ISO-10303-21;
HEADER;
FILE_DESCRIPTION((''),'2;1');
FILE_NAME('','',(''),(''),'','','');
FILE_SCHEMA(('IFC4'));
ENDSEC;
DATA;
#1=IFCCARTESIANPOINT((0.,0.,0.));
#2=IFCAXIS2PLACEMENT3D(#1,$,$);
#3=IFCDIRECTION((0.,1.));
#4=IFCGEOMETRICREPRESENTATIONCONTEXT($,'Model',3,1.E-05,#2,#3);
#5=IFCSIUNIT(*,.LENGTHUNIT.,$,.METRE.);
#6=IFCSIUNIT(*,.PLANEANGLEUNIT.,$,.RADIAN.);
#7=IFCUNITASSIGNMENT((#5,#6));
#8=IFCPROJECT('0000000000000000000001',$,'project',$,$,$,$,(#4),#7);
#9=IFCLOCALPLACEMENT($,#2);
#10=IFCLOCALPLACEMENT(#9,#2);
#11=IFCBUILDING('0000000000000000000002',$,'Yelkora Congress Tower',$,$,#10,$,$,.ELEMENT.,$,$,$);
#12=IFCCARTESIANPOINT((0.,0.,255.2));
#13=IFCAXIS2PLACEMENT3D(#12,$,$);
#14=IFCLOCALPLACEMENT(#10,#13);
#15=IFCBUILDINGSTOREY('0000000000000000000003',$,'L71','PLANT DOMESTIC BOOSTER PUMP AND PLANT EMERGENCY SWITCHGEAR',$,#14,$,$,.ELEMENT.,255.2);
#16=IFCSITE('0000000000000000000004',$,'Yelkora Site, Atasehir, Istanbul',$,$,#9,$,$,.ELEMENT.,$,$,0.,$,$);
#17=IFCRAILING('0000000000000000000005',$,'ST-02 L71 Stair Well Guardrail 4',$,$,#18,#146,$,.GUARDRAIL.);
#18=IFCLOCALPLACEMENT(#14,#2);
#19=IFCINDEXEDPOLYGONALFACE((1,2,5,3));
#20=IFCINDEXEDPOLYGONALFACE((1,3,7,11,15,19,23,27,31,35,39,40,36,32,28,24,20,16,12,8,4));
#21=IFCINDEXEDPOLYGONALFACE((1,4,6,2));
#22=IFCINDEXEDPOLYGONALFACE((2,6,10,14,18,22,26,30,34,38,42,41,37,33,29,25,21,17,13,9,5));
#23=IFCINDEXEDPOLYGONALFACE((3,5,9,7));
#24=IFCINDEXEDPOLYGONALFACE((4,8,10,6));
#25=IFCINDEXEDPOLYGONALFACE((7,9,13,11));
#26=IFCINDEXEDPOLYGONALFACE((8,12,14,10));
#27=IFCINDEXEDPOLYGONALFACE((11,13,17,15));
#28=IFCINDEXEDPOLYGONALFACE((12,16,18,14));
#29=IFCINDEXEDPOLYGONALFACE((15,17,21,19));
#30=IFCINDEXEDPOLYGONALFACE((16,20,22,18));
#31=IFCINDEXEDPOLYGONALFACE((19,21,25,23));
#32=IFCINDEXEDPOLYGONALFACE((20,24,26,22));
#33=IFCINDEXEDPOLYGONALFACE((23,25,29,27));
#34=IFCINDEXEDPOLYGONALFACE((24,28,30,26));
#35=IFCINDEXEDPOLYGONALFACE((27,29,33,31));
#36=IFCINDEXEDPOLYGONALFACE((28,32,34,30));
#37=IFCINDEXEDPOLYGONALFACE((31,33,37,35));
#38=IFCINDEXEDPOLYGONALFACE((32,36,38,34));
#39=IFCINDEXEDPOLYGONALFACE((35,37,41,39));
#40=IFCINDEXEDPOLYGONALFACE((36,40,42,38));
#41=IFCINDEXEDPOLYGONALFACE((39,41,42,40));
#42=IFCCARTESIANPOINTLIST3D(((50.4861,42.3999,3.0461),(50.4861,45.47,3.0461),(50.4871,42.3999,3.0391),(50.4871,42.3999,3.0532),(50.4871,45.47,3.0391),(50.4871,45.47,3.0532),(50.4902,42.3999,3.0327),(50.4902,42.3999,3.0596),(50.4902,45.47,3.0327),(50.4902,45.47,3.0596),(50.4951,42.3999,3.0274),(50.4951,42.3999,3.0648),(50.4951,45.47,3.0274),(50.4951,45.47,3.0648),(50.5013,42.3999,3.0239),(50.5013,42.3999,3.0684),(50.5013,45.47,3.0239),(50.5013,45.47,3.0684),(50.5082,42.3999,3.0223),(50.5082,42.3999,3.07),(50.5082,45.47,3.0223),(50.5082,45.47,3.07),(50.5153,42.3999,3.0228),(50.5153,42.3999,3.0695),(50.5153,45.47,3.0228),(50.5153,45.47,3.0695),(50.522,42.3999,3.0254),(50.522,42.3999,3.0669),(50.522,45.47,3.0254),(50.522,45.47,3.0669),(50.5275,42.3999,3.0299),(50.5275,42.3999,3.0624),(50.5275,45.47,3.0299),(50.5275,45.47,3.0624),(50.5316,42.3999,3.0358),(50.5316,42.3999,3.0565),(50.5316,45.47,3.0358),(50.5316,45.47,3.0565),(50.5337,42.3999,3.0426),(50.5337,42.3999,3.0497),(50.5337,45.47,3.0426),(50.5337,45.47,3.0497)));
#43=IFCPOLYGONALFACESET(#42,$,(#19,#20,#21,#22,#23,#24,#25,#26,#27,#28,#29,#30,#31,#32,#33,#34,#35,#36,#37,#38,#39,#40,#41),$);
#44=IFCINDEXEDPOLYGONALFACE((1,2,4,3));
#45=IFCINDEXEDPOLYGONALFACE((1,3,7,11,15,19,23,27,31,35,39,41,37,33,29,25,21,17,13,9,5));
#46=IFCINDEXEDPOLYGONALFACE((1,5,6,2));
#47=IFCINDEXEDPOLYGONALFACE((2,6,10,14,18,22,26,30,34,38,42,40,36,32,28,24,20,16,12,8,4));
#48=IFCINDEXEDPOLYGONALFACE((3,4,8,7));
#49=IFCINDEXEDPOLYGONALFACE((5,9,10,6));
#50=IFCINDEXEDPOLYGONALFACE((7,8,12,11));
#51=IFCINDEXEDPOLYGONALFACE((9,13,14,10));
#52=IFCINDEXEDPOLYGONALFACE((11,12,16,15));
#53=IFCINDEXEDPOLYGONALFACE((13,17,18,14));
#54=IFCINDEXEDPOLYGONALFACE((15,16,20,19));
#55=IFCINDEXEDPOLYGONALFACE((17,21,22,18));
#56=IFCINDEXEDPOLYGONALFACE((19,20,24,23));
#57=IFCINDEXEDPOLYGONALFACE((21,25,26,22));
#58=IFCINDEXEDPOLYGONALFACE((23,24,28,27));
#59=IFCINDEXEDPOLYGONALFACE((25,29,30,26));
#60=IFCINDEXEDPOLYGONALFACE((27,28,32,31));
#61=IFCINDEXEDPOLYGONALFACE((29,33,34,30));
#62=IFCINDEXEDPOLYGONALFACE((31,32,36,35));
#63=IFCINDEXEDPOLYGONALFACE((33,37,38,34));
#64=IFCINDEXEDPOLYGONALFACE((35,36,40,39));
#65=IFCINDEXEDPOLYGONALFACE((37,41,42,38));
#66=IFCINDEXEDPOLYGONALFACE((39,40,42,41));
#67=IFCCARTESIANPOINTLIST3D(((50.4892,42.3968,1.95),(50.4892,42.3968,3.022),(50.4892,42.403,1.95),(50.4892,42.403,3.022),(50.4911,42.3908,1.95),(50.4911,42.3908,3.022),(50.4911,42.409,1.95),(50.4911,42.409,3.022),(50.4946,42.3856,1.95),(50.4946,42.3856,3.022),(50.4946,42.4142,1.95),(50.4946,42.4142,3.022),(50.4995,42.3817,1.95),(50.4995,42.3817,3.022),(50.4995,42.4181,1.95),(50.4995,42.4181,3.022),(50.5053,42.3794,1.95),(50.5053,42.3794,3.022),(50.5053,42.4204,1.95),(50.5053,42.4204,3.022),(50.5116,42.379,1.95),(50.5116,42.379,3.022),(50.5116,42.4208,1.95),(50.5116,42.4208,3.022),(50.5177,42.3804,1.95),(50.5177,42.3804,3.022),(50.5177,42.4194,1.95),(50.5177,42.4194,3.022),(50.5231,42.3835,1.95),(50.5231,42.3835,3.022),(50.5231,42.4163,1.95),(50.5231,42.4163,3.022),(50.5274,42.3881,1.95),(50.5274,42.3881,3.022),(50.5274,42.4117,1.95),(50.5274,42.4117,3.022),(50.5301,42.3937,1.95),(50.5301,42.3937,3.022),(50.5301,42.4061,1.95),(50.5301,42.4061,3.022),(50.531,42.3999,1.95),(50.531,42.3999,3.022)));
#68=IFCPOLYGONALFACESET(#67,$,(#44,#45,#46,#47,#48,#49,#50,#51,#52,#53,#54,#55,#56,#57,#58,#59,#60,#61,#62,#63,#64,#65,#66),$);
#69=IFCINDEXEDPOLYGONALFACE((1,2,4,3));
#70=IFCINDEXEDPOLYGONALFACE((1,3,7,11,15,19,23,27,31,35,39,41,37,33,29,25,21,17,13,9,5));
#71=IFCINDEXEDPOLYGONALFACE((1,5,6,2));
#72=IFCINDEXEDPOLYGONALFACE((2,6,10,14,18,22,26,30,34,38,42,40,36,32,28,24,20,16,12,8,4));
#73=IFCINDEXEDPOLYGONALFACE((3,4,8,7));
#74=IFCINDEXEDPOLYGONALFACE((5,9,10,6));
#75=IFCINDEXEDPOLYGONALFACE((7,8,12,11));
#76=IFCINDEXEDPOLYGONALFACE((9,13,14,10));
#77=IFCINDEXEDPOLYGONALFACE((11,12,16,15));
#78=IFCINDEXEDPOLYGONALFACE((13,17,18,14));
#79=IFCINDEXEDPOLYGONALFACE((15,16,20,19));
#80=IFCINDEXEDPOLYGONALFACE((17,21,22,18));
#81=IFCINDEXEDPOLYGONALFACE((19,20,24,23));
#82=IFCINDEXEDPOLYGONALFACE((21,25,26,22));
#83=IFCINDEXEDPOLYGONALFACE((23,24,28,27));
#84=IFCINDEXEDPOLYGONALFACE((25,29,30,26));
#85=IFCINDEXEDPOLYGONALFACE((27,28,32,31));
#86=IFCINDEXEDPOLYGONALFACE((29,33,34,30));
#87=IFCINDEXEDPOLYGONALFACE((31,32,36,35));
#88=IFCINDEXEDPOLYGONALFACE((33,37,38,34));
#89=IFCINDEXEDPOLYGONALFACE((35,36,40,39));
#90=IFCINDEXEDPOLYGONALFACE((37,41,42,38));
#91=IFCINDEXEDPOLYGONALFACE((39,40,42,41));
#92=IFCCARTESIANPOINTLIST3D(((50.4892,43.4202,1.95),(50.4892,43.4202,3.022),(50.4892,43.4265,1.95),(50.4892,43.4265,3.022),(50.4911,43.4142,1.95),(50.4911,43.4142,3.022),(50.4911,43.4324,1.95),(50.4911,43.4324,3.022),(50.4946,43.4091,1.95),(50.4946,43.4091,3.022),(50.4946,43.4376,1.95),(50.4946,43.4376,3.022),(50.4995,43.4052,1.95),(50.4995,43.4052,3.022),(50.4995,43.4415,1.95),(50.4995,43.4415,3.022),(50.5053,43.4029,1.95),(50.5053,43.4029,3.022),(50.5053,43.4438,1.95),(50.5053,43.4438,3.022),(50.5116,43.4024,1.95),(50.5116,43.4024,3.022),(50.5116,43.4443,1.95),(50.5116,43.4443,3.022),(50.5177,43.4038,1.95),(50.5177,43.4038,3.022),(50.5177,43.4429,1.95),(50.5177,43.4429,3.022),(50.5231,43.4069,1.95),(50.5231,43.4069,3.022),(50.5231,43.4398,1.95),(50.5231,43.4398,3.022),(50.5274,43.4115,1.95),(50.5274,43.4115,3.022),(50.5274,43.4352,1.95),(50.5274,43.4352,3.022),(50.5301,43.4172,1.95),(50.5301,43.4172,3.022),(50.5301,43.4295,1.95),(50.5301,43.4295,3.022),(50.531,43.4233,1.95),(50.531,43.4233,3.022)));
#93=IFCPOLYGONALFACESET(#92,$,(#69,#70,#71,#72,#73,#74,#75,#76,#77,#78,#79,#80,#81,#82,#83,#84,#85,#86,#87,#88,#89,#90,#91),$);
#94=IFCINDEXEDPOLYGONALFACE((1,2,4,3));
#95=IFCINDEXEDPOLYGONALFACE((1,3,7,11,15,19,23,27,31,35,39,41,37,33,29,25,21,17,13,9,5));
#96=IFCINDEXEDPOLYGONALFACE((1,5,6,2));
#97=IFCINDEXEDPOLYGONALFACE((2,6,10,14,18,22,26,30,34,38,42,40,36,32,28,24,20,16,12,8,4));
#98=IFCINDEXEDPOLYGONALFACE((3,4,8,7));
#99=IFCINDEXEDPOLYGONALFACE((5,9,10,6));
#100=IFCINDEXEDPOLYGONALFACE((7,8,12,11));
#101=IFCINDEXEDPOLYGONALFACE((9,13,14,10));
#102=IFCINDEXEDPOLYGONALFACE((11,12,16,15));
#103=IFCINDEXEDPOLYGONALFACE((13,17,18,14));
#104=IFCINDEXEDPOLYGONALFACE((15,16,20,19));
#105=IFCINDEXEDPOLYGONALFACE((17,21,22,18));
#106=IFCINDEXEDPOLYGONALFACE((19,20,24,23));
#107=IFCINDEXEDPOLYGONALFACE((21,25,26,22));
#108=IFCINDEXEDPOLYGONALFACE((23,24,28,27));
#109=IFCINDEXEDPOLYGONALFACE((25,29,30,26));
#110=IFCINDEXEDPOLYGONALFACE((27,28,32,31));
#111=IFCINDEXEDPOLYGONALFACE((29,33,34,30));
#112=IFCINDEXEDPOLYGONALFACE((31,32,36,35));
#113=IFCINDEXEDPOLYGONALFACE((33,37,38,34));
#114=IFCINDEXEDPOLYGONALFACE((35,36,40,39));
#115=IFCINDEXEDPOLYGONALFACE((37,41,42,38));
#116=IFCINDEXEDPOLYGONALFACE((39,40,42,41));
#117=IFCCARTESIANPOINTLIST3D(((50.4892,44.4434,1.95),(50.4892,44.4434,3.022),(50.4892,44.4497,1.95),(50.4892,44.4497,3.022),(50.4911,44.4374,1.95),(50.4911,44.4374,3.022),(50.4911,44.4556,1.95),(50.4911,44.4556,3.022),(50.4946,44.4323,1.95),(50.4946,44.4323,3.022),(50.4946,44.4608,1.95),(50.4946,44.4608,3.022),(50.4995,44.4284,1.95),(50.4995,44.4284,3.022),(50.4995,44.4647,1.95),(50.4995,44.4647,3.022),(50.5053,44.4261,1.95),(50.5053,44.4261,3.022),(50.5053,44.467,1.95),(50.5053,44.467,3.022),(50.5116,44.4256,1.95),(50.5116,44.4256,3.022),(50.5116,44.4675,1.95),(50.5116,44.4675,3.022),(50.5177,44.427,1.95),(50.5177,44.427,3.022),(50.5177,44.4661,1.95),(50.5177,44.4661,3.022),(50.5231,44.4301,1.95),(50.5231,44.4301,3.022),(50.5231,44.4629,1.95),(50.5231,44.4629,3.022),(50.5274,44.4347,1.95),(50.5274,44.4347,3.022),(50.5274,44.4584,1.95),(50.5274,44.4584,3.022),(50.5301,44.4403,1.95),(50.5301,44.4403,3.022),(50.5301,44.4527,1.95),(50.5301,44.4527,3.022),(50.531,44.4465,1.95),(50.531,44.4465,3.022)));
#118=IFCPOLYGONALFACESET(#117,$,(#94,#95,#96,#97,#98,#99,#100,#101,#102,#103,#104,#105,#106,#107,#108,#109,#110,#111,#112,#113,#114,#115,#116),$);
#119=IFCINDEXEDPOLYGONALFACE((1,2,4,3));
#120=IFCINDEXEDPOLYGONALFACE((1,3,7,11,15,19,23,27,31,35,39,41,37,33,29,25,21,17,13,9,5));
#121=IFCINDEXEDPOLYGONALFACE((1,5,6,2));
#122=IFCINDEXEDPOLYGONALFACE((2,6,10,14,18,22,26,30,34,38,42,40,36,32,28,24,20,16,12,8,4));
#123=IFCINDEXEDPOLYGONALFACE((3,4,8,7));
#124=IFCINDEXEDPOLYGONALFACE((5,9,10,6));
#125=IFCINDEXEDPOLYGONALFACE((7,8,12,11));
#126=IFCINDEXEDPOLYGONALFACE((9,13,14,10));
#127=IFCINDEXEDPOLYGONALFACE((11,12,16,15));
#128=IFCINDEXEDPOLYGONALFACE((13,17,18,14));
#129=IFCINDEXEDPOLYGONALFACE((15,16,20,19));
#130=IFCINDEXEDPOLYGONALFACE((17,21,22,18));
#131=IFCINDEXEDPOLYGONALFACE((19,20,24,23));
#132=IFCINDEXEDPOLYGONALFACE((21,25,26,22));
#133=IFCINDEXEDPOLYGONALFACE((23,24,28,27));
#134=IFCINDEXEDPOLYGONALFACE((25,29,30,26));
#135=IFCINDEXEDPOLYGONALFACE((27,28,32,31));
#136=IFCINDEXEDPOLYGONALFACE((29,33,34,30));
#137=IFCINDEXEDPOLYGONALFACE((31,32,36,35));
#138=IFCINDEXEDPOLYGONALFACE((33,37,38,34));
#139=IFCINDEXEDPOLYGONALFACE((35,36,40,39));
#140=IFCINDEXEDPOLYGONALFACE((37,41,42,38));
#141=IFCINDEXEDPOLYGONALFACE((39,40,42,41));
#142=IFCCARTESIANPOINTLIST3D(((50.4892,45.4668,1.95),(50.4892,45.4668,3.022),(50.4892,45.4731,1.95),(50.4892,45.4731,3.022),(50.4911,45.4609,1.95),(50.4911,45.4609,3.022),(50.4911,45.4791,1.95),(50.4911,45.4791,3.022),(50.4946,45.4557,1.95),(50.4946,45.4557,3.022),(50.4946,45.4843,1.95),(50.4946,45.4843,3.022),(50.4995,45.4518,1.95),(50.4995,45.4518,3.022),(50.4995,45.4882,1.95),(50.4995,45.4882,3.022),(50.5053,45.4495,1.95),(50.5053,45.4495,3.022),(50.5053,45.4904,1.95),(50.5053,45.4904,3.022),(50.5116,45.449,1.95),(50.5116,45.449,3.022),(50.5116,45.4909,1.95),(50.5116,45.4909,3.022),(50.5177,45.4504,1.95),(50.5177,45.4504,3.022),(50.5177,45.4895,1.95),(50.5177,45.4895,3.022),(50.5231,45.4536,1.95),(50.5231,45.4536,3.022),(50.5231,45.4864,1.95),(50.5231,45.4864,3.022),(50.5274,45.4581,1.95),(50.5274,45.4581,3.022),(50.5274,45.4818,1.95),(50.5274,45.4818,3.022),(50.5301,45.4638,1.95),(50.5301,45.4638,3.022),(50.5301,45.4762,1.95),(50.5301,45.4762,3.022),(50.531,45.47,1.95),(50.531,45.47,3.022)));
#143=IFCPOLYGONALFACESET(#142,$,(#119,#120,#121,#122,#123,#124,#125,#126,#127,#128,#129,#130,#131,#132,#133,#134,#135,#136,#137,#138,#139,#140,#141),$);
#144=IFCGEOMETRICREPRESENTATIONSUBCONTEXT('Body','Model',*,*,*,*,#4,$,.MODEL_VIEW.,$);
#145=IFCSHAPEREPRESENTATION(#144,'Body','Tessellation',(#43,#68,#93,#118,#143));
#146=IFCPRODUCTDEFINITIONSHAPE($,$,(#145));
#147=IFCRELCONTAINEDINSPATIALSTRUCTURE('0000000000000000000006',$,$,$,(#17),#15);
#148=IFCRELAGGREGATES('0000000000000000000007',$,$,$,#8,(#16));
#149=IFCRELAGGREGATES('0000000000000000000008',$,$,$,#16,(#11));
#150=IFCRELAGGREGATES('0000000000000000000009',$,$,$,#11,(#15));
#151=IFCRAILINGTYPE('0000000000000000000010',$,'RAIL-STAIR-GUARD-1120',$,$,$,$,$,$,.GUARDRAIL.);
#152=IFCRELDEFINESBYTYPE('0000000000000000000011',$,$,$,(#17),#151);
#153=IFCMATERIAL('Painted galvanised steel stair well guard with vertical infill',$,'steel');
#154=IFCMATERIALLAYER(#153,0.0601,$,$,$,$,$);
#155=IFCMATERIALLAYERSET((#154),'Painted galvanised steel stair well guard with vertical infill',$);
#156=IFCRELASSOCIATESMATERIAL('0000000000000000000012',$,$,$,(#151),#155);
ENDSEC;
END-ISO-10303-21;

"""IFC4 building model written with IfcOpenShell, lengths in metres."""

from ifc_helpers import new_model, si_unit, direction, frame, origin, origin_2d, place, context, subcontext, project, spatial, circle, extrude, material, layer, layer_set, type_object, element, save


model = new_model("IFC4")

# Units and contexts
model_context = context("Model", 3, precision=1e-05, world=origin(), true_north=direction((0.0, 1.0)))
body_context = subcontext(model_context, "Body", "Model", "MODEL_VIEW")
ifc_project = project(units=[si_unit("LENGTHUNIT", "METRE"), si_unit("PLANEANGLEUNIT", "RADIAN")], contexts=[model_context])

# Site, building, storey
site_placement = place(None, origin())
site = spatial("IfcSite", under=ifc_project, at=site_placement, Name="Yelkora Site, Atasehir, Istanbul", CompositionType="ELEMENT", RefElevation=0.0)
building_placement = place(site_placement, origin())
building = spatial("IfcBuilding", under=site, at=building_placement, Name="Yelkora Congress Tower", CompositionType="ELEMENT")
storey_placement = place(building_placement, frame((0.0, 0.0, 255.2)))
storey = spatial("IfcBuildingStorey", under=building, at=storey_placement, Name="L71", Description="PLANT DOMESTIC BOOSTER PUMP AND PLANT EMERGENCY SWITCHGEAR", CompositionType="ELEMENT", Elevation=255.2)

# Railing
ifc_material_1 = material(Name="Painted galvanised steel stair well guard with vertical infill", Category="steel")
ifc_layer_1 = layer(ifc_material_1, 0.0601)
ifc_layer_set_1 = layer_set([ifc_layer_1], Name="Painted galvanised steel stair well guard with vertical infill")
railing_type_1 = type_object("IfcRailingType", Name="RAIL-STAIR-GUARD-1120", PredefinedType="GUARDRAIL", material=ifc_layer_set_1)
railing_1_placement = place(storey_placement, frame((50.51, 42.3999, 1.95)))
element("IfcRailing", 1, at=railing_1_placement, inside=storey, type_object=railing_type_1, Name="ST-02 L71 Stair Well Guardrail 4", PredefinedType="GUARDRAIL", context=body_context, shape_type="SweptSolid", body=[
    extrude(circle(Radius=0.0239, at=origin_2d()), frame((0.0, 0.0, 1.0962), z_axis=(0.0, 1.0, 0.0), x_axis=(-1.0, 0.0, 0.0)), (0.0, 0.0, 1.0), 3.0701),
    extrude(circle(Radius=0.021, at=origin_2d()), origin(), (0.0, 0.0, 1.0), 1.072),
    extrude(circle(Radius=0.021, at=origin_2d()), frame((0.0, 1.0234, 0.0)), (0.0, 0.0, 1.0), 1.072),
    extrude(circle(Radius=0.021, at=origin_2d()), frame((0.0, 2.0466, 0.0)), (0.0, 0.0, 1.0), 1.072),
    extrude(circle(Radius=0.021, at=origin_2d()), frame((0.0, 3.0701, 0.0)), (0.0, 0.0, 1.0), 1.072),
])

save(model, "model.ifc")
